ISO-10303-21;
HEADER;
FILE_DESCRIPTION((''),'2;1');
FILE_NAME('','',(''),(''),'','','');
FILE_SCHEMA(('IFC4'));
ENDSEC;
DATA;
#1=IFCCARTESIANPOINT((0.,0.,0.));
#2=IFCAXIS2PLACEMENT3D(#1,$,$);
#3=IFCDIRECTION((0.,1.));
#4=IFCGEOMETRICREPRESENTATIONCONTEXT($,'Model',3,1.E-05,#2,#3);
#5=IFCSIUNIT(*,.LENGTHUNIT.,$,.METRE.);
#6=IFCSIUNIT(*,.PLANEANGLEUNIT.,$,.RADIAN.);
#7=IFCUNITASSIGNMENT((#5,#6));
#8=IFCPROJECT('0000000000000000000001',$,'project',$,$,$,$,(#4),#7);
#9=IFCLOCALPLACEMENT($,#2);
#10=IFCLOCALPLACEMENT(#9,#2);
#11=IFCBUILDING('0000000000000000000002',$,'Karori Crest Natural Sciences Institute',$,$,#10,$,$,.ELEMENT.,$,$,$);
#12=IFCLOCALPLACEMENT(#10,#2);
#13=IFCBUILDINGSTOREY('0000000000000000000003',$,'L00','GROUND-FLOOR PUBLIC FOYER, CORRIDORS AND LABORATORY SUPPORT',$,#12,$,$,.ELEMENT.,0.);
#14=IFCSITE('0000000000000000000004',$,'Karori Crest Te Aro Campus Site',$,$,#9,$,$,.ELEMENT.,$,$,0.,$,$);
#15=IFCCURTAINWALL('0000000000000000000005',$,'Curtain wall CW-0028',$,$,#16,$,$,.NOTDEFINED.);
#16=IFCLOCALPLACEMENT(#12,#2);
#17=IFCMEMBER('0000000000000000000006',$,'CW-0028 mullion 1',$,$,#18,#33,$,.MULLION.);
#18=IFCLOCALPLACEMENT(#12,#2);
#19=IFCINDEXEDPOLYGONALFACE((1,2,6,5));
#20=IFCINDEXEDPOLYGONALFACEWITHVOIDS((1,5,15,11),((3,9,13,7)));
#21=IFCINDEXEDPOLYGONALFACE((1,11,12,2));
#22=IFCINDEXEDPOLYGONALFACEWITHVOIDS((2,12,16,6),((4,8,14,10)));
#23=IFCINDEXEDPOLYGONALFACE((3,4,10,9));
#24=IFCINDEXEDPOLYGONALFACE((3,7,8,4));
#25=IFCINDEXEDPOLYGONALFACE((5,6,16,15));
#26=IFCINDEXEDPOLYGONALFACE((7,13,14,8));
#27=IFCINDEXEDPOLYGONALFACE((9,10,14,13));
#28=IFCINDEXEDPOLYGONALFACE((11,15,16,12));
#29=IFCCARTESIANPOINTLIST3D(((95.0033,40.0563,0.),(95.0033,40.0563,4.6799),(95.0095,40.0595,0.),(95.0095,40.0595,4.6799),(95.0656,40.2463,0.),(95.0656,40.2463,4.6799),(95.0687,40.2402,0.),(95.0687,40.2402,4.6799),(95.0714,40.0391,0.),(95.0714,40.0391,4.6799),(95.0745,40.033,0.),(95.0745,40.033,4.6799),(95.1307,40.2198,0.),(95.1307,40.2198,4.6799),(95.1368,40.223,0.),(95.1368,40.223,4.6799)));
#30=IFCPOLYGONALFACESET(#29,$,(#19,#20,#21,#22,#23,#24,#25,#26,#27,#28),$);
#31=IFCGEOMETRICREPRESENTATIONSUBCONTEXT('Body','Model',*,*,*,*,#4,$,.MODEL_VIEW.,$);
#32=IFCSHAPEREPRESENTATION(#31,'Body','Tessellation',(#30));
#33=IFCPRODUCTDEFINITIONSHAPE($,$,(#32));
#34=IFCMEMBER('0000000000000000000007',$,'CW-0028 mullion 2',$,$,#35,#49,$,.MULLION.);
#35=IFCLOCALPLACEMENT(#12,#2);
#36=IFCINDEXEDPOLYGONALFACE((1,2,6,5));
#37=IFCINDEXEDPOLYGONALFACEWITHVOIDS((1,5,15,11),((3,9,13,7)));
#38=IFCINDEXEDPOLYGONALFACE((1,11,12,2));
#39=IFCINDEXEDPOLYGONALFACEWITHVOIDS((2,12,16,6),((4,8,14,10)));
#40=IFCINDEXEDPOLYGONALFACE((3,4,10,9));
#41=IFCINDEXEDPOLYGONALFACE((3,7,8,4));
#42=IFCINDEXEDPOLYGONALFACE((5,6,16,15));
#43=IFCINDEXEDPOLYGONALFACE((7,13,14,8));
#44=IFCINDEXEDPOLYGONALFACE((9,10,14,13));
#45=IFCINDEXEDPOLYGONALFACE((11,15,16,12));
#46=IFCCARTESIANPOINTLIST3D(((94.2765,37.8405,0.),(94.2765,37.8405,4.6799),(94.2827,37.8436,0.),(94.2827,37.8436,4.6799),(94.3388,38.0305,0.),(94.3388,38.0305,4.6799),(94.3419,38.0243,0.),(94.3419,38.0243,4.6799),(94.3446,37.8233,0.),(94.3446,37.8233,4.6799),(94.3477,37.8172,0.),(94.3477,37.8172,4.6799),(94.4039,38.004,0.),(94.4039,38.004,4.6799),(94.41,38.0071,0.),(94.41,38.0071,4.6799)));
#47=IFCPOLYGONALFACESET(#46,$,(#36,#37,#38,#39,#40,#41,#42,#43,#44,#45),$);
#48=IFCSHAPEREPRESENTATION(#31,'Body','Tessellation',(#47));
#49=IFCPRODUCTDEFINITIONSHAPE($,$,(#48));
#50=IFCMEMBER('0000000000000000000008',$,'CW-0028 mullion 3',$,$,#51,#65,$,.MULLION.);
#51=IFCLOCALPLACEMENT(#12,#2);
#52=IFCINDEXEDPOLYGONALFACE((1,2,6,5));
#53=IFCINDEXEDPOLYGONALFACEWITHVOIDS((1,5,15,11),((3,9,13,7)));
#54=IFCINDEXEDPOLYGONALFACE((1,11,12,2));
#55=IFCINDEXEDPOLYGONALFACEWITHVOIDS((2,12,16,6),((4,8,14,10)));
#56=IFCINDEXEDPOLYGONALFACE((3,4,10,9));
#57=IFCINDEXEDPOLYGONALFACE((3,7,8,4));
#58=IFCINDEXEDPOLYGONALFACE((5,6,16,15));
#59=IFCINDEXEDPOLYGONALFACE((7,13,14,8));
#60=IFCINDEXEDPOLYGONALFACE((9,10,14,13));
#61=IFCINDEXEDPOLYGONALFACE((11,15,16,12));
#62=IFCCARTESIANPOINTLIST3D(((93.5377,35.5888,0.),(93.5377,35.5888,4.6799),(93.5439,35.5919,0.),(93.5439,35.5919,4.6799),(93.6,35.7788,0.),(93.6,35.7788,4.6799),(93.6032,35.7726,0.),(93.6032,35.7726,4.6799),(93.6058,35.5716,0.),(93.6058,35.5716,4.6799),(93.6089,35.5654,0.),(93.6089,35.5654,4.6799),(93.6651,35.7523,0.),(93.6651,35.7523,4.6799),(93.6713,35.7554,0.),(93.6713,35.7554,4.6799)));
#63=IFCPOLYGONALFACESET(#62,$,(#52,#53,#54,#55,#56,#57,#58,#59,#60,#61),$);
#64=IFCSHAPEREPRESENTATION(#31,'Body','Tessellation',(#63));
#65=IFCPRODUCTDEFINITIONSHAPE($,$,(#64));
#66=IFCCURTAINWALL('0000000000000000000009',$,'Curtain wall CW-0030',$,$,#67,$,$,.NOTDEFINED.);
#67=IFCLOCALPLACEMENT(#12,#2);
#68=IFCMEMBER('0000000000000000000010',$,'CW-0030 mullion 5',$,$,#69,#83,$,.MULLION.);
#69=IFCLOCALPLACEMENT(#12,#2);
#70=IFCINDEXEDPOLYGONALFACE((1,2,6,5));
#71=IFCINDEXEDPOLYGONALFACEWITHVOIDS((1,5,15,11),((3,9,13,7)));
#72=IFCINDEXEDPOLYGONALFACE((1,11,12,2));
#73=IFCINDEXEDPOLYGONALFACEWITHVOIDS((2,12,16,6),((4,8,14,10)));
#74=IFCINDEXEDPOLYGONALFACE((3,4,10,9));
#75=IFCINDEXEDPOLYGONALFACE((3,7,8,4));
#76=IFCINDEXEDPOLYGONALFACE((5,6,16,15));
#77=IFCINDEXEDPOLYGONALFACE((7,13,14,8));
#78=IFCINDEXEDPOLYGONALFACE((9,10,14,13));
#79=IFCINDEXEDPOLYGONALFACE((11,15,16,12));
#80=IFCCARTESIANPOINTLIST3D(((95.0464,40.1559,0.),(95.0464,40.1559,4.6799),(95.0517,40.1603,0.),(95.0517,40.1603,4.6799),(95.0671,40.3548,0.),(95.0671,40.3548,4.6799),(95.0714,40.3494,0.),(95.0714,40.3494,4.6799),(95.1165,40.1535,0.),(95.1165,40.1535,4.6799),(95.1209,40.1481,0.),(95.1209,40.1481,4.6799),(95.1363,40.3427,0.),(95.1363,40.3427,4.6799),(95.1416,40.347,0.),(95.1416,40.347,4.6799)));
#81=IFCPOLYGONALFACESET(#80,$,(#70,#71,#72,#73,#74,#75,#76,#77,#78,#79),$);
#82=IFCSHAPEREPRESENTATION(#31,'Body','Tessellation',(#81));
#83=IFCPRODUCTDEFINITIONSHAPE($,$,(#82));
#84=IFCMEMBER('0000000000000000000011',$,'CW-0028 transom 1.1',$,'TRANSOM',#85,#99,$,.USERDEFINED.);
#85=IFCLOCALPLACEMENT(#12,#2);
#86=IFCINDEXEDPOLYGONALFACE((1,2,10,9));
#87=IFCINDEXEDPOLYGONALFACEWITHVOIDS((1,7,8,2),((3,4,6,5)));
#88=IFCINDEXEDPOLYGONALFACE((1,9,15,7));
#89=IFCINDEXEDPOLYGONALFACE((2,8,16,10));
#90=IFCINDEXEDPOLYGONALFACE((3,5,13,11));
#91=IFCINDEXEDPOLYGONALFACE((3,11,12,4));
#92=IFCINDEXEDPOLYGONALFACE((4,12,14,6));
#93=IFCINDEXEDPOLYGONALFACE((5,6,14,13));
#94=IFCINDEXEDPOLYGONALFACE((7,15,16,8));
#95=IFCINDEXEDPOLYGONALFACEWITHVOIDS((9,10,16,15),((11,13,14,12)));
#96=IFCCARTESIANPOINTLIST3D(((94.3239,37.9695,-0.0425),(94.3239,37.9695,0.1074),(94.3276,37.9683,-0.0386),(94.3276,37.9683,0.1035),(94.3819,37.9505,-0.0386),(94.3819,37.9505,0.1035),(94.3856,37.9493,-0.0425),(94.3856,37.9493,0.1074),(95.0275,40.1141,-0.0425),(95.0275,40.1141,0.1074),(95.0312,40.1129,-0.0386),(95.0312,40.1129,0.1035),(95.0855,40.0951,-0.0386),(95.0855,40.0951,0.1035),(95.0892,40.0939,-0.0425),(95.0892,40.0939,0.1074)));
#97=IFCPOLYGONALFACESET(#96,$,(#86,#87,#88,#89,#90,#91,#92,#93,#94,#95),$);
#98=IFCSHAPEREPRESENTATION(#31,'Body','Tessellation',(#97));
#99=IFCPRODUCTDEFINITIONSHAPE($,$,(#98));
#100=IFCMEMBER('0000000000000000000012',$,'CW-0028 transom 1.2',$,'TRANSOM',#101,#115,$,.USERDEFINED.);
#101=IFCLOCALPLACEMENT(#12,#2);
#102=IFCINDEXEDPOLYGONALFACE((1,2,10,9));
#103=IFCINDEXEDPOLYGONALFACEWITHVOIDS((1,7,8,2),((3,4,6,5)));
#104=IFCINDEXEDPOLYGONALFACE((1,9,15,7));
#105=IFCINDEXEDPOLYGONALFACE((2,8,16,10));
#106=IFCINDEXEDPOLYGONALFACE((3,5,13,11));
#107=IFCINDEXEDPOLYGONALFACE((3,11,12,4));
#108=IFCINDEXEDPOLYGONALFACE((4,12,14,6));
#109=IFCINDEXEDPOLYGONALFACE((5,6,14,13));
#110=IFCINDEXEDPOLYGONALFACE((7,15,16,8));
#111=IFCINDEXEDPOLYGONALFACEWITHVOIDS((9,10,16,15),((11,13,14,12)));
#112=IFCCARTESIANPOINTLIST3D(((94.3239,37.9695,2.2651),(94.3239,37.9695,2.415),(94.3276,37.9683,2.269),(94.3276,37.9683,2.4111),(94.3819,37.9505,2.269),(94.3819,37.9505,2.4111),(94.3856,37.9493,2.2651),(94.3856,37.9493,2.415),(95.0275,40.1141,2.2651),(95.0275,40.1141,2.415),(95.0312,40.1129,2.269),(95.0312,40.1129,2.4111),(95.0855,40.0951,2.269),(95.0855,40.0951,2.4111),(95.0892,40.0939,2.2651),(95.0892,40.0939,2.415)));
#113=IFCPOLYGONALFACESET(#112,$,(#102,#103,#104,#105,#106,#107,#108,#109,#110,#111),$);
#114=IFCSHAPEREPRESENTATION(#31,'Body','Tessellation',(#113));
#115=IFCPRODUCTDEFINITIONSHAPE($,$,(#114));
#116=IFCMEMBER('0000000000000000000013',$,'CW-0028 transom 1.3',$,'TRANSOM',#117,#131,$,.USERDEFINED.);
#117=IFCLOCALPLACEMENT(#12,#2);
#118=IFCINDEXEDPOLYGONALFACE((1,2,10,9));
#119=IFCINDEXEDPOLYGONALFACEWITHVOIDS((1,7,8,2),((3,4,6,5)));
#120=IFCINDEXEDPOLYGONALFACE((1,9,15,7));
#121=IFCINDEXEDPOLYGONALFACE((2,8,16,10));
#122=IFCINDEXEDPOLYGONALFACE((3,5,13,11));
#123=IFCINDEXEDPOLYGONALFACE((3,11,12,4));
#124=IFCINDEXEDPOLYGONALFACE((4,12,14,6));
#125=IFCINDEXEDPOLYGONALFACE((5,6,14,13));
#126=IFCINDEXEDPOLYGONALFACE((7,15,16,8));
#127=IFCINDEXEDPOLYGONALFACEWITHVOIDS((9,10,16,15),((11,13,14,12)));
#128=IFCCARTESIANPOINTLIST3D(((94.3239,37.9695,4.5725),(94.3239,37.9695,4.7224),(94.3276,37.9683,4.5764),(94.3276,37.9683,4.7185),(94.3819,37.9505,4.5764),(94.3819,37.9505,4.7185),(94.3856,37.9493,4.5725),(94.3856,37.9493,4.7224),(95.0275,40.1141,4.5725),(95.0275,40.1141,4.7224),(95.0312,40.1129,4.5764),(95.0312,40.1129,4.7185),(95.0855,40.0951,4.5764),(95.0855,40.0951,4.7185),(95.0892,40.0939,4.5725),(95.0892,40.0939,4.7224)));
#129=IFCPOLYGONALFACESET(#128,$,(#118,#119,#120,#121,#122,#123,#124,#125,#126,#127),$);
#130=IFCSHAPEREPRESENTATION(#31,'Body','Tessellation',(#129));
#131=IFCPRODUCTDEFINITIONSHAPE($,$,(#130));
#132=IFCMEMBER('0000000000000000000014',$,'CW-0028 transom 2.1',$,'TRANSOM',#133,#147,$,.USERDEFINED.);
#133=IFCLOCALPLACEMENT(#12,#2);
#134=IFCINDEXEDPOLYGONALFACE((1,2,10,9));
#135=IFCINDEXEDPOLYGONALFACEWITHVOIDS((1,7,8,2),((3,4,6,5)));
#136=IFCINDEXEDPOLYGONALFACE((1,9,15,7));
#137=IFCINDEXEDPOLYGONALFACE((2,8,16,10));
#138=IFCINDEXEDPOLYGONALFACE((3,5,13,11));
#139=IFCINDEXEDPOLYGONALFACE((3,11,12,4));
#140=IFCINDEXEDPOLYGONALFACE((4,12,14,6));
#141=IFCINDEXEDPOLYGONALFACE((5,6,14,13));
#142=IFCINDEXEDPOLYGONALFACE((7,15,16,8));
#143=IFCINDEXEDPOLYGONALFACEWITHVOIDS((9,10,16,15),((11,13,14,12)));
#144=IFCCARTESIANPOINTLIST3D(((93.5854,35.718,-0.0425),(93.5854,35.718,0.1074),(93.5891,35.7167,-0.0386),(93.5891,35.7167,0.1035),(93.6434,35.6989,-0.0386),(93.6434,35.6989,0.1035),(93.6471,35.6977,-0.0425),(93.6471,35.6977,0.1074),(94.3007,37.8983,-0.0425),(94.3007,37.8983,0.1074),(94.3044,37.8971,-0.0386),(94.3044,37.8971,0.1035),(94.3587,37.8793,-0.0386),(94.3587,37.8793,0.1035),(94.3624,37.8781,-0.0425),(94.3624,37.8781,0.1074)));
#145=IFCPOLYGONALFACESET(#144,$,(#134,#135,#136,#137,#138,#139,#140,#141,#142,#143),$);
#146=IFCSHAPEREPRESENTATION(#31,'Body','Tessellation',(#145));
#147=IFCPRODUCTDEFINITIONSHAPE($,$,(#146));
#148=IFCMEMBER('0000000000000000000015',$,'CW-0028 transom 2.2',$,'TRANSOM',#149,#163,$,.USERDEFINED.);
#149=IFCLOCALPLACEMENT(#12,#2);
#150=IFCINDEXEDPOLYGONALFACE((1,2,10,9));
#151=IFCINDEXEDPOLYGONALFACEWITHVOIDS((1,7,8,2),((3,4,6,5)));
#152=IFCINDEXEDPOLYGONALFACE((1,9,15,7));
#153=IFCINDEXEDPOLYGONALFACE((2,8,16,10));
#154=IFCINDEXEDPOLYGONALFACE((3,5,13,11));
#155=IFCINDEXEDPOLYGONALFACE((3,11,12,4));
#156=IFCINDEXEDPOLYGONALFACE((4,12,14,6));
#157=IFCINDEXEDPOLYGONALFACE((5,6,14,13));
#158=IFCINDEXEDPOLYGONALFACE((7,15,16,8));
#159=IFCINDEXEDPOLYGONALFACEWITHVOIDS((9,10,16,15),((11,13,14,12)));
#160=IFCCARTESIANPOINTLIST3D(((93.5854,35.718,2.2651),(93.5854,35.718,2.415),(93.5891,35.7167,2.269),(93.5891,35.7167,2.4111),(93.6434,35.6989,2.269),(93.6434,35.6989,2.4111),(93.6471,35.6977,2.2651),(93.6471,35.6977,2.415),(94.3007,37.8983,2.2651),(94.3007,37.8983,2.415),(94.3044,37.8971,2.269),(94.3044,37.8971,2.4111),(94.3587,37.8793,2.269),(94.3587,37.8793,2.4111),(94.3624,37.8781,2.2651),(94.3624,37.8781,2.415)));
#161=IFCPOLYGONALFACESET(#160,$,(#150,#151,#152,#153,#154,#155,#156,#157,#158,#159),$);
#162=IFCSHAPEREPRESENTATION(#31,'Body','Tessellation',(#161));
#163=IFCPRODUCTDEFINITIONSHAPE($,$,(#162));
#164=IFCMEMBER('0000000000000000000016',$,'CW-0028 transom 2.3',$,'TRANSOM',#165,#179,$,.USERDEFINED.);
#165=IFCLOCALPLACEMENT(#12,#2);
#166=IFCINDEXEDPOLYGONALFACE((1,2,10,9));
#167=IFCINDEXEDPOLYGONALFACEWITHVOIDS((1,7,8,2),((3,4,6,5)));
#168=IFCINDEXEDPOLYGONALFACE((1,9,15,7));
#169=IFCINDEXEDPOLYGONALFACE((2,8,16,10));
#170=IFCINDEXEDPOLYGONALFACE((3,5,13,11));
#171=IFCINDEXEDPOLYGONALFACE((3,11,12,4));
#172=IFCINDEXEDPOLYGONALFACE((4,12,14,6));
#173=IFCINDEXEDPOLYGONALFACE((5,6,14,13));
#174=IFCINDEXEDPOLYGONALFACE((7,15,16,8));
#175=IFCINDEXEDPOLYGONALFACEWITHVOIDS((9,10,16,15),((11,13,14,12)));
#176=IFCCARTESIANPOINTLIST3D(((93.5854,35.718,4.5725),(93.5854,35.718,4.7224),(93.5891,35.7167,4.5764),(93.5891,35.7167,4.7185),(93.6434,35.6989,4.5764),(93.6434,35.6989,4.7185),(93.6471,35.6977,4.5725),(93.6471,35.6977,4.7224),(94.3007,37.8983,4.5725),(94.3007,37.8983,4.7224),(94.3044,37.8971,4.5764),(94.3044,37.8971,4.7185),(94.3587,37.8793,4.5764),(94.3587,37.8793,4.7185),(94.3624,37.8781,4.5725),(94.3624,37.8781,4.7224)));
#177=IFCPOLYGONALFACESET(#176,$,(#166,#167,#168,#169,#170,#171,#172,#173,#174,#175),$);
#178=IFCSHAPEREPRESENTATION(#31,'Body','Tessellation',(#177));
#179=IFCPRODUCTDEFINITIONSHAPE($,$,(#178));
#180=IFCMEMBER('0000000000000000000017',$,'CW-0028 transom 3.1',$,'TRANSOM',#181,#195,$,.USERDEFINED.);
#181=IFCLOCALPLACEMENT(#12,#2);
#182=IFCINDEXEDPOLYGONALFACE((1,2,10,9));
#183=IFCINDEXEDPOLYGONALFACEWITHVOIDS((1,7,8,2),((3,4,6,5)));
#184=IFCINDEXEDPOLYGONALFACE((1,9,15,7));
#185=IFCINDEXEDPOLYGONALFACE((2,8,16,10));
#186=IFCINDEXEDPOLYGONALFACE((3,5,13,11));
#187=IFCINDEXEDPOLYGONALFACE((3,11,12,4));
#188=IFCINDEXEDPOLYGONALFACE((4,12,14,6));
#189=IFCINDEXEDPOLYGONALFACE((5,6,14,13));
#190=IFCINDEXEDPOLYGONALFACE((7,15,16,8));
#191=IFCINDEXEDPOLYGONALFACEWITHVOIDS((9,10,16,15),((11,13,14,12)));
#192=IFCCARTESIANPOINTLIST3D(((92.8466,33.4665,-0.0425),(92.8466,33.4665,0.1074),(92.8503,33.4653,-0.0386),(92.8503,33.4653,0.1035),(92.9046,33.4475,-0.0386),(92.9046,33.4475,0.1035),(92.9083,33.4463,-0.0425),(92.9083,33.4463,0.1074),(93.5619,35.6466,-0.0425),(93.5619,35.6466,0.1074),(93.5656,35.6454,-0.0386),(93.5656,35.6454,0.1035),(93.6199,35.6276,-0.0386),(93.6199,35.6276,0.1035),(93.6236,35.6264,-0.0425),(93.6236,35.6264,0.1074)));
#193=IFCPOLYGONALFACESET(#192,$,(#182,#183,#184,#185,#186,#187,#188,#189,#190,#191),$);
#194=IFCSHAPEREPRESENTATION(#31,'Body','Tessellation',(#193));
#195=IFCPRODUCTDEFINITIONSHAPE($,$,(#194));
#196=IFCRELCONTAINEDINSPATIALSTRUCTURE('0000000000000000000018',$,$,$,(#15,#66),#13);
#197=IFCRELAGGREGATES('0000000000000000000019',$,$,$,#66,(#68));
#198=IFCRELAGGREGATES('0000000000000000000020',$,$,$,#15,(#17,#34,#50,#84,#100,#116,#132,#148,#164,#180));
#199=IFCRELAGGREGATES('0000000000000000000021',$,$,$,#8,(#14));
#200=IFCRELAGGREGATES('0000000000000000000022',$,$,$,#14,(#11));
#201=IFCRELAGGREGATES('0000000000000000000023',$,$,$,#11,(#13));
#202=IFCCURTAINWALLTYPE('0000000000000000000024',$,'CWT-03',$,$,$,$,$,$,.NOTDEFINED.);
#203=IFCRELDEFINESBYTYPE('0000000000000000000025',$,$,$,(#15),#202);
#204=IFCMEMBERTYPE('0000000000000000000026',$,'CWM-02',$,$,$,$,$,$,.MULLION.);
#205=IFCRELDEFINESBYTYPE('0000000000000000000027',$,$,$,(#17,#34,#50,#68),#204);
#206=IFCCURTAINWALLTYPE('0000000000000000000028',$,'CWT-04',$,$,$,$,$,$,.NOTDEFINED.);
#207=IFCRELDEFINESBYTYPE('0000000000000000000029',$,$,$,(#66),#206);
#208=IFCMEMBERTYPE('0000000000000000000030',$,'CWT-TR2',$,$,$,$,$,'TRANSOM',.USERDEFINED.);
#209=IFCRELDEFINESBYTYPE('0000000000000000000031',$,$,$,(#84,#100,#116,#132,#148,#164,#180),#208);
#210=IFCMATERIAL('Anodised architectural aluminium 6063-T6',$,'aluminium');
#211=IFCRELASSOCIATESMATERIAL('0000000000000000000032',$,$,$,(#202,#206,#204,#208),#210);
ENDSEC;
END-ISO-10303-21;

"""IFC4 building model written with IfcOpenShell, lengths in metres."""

from ifc_helpers import new_model, si_unit, direction, frame, origin, origin_2d, place, context, subcontext, project, spatial, hollow_rectangle, extrude, material, material_profile, profile_set, type_object, element, aggregate, save


model = new_model("IFC4")

# Units and contexts
model_context = context("Model", 3, precision=1e-05, world=origin(), true_north=direction((0.0, 1.0)))
body_context = subcontext(model_context, "Body", "Model", "MODEL_VIEW")
ifc_project = project(units=[si_unit("LENGTHUNIT", "METRE"), si_unit("PLANEANGLEUNIT", "RADIAN")], contexts=[model_context])

# Site, building, storey
site_placement = place(None, origin())
site = spatial("IfcSite", under=ifc_project, at=site_placement, Name="Karori Crest Te Aro Campus Site", CompositionType="ELEMENT", RefElevation=0.0)
building_placement = place(site_placement, origin())
building = spatial("IfcBuilding", under=site, at=building_placement, Name="Karori Crest Natural Sciences Institute", CompositionType="ELEMENT")
storey_placement = place(building_placement, origin())
storey = spatial("IfcBuildingStorey", under=building, at=storey_placement, Name="L00", Description="GROUND-FLOOR PUBLIC FOYER, CORRIDORS AND LABORATORY SUPPORT", CompositionType="ELEMENT", Elevation=0.0)

# Shared definitions
ifc_material_1 = material(Name="Anodised architectural aluminium 6063-T6", Category="aluminium")

# Curtain wall, members
curtain_wall_type_1 = type_object("IfcCurtainWallType", Name="CWT-03", PredefinedType="NOTDEFINED", material=ifc_material_1)
curtain_wall_1_placement = place(storey_placement, origin())
curtain_wall_1 = element("IfcCurtainWall", 1, at=curtain_wall_1_placement, inside=storey, type_object=curtain_wall_type_1, Name="Curtain wall CW-0028", PredefinedType="NOTDEFINED")
ifc_material_profile_1 = material_profile(ifc_material_1, hollow_rectangle(XDim=0.075, YDim=0.2, WallThickness=0.0049, at=origin_2d()), Name="CWM200x75x5")
ifc_profile_set_1 = profile_set([ifc_material_profile_1], Name="Anodised architectural aluminium 6063-T6")
member_type_1 = type_object("IfcMemberType", Name="CWM-02", PredefinedType="MULLION", material=ifc_profile_set_1)
member_1_placement = place(storey_placement, frame((95.0701, 40.1396, 0.0), z_axis=(0.0, 0.0, 1.0), x_axis=(0.950176, -0.311714, 0.0)))
member_1 = element("IfcMember", 2, at=member_1_placement, type_object=member_type_1, Name="CW-0028 mullion 1", PredefinedType="MULLION", context=body_context, shape_type="SweptSolid", body=[
    extrude(hollow_rectangle(XDim=0.075, YDim=0.2, WallThickness=0.0049, at=origin_2d()), origin(), (0.0, 0.0, 1.0), 4.6799),
])
member_2_placement = place(storey_placement, frame((94.3433, 37.9238, 0.0), z_axis=(0.0, 0.0, 1.0), x_axis=(0.950176, -0.311714, 0.0)))
member_2 = element("IfcMember", 3, at=member_2_placement, type_object=member_type_1, Name="CW-0028 mullion 2", PredefinedType="MULLION", context=body_context, shape_type="SweptSolid", body=[
    extrude(hollow_rectangle(XDim=0.075, YDim=0.2, WallThickness=0.0049, at=origin_2d()), origin(), (0.0, 0.0, 1.0), 4.6799),
])
member_3_placement = place(storey_placement, frame((93.6045, 35.6721, 0.0), z_axis=(0.0, 0.0, 1.0), x_axis=(0.950176, -0.311714, 0.0)))
member_3 = element("IfcMember", 4, at=member_3_placement, type_object=member_type_1, Name="CW-0028 mullion 3", PredefinedType="MULLION", context=body_context, shape_type="SweptSolid", body=[
    extrude(hollow_rectangle(XDim=0.075, YDim=0.2, WallThickness=0.0049, at=origin_2d()), origin(), (0.0, 0.0, 1.0), 4.6799),
])

# Curtain wall, member
curtain_wall_type_2 = type_object("IfcCurtainWallType", Name="CWT-04", PredefinedType="NOTDEFINED", material=ifc_material_1)
curtain_wall_2_placement = place(storey_placement, origin())
curtain_wall_2 = element("IfcCurtainWall", 5, at=curtain_wall_2_placement, inside=storey, type_object=curtain_wall_type_2, Name="Curtain wall CW-0030", PredefinedType="NOTDEFINED")
member_4_placement = place(storey_placement, frame((95.094, 40.2515, 0.0), z_axis=(0.0, 0.0, 1.0), x_axis=(0.994608, -0.103701, 0.0)))
member_4 = element("IfcMember", 6, at=member_4_placement, type_object=member_type_1, Name="CW-0030 mullion 5", PredefinedType="MULLION", context=body_context, shape_type="SweptSolid", body=[
    extrude(hollow_rectangle(XDim=0.075, YDim=0.2, WallThickness=0.0049, at=origin_2d()), origin(), (0.0, 0.0, 1.0), 4.6799),
])
aggregate(curtain_wall_2, [member_4])

# Members
ifc_material_profile_2 = material_profile(ifc_material_1, hollow_rectangle(XDim=0.0649, YDim=0.1499, WallThickness=0.0039, at=origin_2d()), Name="CWT150x65x4")
ifc_profile_set_2 = profile_set([ifc_material_profile_2], Name="Anodised architectural aluminium 6063-T6")
member_type_2 = type_object("IfcMemberType", Name="CWT-TR2", ElementType="TRANSOM", PredefinedType="USERDEFINED", material=ifc_profile_set_2)
member_5_placement = place(storey_placement, frame((95.0583, 40.104, 0.0325), z_axis=(-0.311746, -0.950165, 0.0), x_axis=(0.950165, -0.311746, 0.0)))
member_5 = element("IfcMember", 7, at=member_5_placement, type_object=member_type_2, Name="CW-0028 transom 1.1", ObjectType="TRANSOM", PredefinedType="USERDEFINED", context=body_context, shape_type="SweptSolid", body=[
    extrude(hollow_rectangle(XDim=0.0649, YDim=0.1499, WallThickness=0.0039, at=origin_2d()), origin(), (0.0, 0.0, 1.0), 2.2571),
])
member_6_placement = place(storey_placement, frame((95.0583, 40.104, 2.3401), z_axis=(-0.311746, -0.950165, 0.0), x_axis=(0.950165, -0.311746, 0.0)))
member_6 = element("IfcMember", 8, at=member_6_placement, type_object=member_type_2, Name="CW-0028 transom 1.2", ObjectType="TRANSOM", PredefinedType="USERDEFINED", context=body_context, shape_type="SweptSolid", body=[
    extrude(hollow_rectangle(XDim=0.0649, YDim=0.1499, WallThickness=0.0039, at=origin_2d()), origin(), (0.0, 0.0, 1.0), 2.2571),
])
member_7_placement = place(storey_placement, frame((95.0583, 40.104, 4.6475), z_axis=(-0.311746, -0.950165, 0.0), x_axis=(0.950165, -0.311746, 0.0)))
member_7 = element("IfcMember", 9, at=member_7_placement, type_object=member_type_2, Name="CW-0028 transom 1.3", ObjectType="TRANSOM", PredefinedType="USERDEFINED", context=body_context, shape_type="SweptSolid", body=[
    extrude(hollow_rectangle(XDim=0.0649, YDim=0.1499, WallThickness=0.0039, at=origin_2d()), origin(), (0.0, 0.0, 1.0), 2.2571),
])
member_8_placement = place(storey_placement, frame((94.3315, 37.8882, 0.0325), z_axis=(-0.311724, -0.950173, 0.0), x_axis=(0.950173, -0.311724, 0.0)))
member_8 = element("IfcMember", 10, at=member_8_placement, type_object=member_type_2, Name="CW-0028 transom 2.1", ObjectType="TRANSOM", PredefinedType="USERDEFINED", context=body_context, shape_type="SweptSolid", body=[
    extrude(hollow_rectangle(XDim=0.0649, YDim=0.1499, WallThickness=0.0039, at=origin_2d()), origin(), (0.0, 0.0, 1.0), 2.2947),
])
member_9_placement = place(storey_placement, frame((94.3315, 37.8882, 2.3401), z_axis=(-0.311724, -0.950173, 0.0), x_axis=(0.950173, -0.311724, 0.0)))
member_9 = element("IfcMember", 11, at=member_9_placement, type_object=member_type_2, Name="CW-0028 transom 2.2", ObjectType="TRANSOM", PredefinedType="USERDEFINED", context=body_context, shape_type="SweptSolid", body=[
    extrude(hollow_rectangle(XDim=0.0649, YDim=0.1499, WallThickness=0.0039, at=origin_2d()), origin(), (0.0, 0.0, 1.0), 2.2947),
])
member_10_placement = place(storey_placement, frame((94.3315, 37.8882, 4.6475), z_axis=(-0.311724, -0.950173, 0.0), x_axis=(0.950173, -0.311724, 0.0)))
member_10 = element("IfcMember", 12, at=member_10_placement, type_object=member_type_2, Name="CW-0028 transom 2.3", ObjectType="TRANSOM", PredefinedType="USERDEFINED", context=body_context, shape_type="SweptSolid", body=[
    extrude(hollow_rectangle(XDim=0.0649, YDim=0.1499, WallThickness=0.0039, at=origin_2d()), origin(), (0.0, 0.0, 1.0), 2.2947),
])
member_11_placement = place(storey_placement, frame((93.5928, 35.6365, 0.0325), z_axis=(-0.311755, -0.950162, 0.0), x_axis=(0.950162, -0.311755, 0.0)))
member_11 = element("IfcMember", 13, at=member_11_placement, type_object=member_type_2, Name="CW-0028 transom 3.1", ObjectType="TRANSOM", PredefinedType="USERDEFINED", context=body_context, shape_type="SweptSolid", body=[
    extrude(hollow_rectangle(XDim=0.0649, YDim=0.1499, WallThickness=0.0039, at=origin_2d()), origin(), (0.0, 0.0, 1.0), 2.2944),
])

aggregate(curtain_wall_1, [member_1, member_2, member_3, member_5, member_6, member_7, member_8, member_9, member_10, member_11])

save(model, "model.ifc")
